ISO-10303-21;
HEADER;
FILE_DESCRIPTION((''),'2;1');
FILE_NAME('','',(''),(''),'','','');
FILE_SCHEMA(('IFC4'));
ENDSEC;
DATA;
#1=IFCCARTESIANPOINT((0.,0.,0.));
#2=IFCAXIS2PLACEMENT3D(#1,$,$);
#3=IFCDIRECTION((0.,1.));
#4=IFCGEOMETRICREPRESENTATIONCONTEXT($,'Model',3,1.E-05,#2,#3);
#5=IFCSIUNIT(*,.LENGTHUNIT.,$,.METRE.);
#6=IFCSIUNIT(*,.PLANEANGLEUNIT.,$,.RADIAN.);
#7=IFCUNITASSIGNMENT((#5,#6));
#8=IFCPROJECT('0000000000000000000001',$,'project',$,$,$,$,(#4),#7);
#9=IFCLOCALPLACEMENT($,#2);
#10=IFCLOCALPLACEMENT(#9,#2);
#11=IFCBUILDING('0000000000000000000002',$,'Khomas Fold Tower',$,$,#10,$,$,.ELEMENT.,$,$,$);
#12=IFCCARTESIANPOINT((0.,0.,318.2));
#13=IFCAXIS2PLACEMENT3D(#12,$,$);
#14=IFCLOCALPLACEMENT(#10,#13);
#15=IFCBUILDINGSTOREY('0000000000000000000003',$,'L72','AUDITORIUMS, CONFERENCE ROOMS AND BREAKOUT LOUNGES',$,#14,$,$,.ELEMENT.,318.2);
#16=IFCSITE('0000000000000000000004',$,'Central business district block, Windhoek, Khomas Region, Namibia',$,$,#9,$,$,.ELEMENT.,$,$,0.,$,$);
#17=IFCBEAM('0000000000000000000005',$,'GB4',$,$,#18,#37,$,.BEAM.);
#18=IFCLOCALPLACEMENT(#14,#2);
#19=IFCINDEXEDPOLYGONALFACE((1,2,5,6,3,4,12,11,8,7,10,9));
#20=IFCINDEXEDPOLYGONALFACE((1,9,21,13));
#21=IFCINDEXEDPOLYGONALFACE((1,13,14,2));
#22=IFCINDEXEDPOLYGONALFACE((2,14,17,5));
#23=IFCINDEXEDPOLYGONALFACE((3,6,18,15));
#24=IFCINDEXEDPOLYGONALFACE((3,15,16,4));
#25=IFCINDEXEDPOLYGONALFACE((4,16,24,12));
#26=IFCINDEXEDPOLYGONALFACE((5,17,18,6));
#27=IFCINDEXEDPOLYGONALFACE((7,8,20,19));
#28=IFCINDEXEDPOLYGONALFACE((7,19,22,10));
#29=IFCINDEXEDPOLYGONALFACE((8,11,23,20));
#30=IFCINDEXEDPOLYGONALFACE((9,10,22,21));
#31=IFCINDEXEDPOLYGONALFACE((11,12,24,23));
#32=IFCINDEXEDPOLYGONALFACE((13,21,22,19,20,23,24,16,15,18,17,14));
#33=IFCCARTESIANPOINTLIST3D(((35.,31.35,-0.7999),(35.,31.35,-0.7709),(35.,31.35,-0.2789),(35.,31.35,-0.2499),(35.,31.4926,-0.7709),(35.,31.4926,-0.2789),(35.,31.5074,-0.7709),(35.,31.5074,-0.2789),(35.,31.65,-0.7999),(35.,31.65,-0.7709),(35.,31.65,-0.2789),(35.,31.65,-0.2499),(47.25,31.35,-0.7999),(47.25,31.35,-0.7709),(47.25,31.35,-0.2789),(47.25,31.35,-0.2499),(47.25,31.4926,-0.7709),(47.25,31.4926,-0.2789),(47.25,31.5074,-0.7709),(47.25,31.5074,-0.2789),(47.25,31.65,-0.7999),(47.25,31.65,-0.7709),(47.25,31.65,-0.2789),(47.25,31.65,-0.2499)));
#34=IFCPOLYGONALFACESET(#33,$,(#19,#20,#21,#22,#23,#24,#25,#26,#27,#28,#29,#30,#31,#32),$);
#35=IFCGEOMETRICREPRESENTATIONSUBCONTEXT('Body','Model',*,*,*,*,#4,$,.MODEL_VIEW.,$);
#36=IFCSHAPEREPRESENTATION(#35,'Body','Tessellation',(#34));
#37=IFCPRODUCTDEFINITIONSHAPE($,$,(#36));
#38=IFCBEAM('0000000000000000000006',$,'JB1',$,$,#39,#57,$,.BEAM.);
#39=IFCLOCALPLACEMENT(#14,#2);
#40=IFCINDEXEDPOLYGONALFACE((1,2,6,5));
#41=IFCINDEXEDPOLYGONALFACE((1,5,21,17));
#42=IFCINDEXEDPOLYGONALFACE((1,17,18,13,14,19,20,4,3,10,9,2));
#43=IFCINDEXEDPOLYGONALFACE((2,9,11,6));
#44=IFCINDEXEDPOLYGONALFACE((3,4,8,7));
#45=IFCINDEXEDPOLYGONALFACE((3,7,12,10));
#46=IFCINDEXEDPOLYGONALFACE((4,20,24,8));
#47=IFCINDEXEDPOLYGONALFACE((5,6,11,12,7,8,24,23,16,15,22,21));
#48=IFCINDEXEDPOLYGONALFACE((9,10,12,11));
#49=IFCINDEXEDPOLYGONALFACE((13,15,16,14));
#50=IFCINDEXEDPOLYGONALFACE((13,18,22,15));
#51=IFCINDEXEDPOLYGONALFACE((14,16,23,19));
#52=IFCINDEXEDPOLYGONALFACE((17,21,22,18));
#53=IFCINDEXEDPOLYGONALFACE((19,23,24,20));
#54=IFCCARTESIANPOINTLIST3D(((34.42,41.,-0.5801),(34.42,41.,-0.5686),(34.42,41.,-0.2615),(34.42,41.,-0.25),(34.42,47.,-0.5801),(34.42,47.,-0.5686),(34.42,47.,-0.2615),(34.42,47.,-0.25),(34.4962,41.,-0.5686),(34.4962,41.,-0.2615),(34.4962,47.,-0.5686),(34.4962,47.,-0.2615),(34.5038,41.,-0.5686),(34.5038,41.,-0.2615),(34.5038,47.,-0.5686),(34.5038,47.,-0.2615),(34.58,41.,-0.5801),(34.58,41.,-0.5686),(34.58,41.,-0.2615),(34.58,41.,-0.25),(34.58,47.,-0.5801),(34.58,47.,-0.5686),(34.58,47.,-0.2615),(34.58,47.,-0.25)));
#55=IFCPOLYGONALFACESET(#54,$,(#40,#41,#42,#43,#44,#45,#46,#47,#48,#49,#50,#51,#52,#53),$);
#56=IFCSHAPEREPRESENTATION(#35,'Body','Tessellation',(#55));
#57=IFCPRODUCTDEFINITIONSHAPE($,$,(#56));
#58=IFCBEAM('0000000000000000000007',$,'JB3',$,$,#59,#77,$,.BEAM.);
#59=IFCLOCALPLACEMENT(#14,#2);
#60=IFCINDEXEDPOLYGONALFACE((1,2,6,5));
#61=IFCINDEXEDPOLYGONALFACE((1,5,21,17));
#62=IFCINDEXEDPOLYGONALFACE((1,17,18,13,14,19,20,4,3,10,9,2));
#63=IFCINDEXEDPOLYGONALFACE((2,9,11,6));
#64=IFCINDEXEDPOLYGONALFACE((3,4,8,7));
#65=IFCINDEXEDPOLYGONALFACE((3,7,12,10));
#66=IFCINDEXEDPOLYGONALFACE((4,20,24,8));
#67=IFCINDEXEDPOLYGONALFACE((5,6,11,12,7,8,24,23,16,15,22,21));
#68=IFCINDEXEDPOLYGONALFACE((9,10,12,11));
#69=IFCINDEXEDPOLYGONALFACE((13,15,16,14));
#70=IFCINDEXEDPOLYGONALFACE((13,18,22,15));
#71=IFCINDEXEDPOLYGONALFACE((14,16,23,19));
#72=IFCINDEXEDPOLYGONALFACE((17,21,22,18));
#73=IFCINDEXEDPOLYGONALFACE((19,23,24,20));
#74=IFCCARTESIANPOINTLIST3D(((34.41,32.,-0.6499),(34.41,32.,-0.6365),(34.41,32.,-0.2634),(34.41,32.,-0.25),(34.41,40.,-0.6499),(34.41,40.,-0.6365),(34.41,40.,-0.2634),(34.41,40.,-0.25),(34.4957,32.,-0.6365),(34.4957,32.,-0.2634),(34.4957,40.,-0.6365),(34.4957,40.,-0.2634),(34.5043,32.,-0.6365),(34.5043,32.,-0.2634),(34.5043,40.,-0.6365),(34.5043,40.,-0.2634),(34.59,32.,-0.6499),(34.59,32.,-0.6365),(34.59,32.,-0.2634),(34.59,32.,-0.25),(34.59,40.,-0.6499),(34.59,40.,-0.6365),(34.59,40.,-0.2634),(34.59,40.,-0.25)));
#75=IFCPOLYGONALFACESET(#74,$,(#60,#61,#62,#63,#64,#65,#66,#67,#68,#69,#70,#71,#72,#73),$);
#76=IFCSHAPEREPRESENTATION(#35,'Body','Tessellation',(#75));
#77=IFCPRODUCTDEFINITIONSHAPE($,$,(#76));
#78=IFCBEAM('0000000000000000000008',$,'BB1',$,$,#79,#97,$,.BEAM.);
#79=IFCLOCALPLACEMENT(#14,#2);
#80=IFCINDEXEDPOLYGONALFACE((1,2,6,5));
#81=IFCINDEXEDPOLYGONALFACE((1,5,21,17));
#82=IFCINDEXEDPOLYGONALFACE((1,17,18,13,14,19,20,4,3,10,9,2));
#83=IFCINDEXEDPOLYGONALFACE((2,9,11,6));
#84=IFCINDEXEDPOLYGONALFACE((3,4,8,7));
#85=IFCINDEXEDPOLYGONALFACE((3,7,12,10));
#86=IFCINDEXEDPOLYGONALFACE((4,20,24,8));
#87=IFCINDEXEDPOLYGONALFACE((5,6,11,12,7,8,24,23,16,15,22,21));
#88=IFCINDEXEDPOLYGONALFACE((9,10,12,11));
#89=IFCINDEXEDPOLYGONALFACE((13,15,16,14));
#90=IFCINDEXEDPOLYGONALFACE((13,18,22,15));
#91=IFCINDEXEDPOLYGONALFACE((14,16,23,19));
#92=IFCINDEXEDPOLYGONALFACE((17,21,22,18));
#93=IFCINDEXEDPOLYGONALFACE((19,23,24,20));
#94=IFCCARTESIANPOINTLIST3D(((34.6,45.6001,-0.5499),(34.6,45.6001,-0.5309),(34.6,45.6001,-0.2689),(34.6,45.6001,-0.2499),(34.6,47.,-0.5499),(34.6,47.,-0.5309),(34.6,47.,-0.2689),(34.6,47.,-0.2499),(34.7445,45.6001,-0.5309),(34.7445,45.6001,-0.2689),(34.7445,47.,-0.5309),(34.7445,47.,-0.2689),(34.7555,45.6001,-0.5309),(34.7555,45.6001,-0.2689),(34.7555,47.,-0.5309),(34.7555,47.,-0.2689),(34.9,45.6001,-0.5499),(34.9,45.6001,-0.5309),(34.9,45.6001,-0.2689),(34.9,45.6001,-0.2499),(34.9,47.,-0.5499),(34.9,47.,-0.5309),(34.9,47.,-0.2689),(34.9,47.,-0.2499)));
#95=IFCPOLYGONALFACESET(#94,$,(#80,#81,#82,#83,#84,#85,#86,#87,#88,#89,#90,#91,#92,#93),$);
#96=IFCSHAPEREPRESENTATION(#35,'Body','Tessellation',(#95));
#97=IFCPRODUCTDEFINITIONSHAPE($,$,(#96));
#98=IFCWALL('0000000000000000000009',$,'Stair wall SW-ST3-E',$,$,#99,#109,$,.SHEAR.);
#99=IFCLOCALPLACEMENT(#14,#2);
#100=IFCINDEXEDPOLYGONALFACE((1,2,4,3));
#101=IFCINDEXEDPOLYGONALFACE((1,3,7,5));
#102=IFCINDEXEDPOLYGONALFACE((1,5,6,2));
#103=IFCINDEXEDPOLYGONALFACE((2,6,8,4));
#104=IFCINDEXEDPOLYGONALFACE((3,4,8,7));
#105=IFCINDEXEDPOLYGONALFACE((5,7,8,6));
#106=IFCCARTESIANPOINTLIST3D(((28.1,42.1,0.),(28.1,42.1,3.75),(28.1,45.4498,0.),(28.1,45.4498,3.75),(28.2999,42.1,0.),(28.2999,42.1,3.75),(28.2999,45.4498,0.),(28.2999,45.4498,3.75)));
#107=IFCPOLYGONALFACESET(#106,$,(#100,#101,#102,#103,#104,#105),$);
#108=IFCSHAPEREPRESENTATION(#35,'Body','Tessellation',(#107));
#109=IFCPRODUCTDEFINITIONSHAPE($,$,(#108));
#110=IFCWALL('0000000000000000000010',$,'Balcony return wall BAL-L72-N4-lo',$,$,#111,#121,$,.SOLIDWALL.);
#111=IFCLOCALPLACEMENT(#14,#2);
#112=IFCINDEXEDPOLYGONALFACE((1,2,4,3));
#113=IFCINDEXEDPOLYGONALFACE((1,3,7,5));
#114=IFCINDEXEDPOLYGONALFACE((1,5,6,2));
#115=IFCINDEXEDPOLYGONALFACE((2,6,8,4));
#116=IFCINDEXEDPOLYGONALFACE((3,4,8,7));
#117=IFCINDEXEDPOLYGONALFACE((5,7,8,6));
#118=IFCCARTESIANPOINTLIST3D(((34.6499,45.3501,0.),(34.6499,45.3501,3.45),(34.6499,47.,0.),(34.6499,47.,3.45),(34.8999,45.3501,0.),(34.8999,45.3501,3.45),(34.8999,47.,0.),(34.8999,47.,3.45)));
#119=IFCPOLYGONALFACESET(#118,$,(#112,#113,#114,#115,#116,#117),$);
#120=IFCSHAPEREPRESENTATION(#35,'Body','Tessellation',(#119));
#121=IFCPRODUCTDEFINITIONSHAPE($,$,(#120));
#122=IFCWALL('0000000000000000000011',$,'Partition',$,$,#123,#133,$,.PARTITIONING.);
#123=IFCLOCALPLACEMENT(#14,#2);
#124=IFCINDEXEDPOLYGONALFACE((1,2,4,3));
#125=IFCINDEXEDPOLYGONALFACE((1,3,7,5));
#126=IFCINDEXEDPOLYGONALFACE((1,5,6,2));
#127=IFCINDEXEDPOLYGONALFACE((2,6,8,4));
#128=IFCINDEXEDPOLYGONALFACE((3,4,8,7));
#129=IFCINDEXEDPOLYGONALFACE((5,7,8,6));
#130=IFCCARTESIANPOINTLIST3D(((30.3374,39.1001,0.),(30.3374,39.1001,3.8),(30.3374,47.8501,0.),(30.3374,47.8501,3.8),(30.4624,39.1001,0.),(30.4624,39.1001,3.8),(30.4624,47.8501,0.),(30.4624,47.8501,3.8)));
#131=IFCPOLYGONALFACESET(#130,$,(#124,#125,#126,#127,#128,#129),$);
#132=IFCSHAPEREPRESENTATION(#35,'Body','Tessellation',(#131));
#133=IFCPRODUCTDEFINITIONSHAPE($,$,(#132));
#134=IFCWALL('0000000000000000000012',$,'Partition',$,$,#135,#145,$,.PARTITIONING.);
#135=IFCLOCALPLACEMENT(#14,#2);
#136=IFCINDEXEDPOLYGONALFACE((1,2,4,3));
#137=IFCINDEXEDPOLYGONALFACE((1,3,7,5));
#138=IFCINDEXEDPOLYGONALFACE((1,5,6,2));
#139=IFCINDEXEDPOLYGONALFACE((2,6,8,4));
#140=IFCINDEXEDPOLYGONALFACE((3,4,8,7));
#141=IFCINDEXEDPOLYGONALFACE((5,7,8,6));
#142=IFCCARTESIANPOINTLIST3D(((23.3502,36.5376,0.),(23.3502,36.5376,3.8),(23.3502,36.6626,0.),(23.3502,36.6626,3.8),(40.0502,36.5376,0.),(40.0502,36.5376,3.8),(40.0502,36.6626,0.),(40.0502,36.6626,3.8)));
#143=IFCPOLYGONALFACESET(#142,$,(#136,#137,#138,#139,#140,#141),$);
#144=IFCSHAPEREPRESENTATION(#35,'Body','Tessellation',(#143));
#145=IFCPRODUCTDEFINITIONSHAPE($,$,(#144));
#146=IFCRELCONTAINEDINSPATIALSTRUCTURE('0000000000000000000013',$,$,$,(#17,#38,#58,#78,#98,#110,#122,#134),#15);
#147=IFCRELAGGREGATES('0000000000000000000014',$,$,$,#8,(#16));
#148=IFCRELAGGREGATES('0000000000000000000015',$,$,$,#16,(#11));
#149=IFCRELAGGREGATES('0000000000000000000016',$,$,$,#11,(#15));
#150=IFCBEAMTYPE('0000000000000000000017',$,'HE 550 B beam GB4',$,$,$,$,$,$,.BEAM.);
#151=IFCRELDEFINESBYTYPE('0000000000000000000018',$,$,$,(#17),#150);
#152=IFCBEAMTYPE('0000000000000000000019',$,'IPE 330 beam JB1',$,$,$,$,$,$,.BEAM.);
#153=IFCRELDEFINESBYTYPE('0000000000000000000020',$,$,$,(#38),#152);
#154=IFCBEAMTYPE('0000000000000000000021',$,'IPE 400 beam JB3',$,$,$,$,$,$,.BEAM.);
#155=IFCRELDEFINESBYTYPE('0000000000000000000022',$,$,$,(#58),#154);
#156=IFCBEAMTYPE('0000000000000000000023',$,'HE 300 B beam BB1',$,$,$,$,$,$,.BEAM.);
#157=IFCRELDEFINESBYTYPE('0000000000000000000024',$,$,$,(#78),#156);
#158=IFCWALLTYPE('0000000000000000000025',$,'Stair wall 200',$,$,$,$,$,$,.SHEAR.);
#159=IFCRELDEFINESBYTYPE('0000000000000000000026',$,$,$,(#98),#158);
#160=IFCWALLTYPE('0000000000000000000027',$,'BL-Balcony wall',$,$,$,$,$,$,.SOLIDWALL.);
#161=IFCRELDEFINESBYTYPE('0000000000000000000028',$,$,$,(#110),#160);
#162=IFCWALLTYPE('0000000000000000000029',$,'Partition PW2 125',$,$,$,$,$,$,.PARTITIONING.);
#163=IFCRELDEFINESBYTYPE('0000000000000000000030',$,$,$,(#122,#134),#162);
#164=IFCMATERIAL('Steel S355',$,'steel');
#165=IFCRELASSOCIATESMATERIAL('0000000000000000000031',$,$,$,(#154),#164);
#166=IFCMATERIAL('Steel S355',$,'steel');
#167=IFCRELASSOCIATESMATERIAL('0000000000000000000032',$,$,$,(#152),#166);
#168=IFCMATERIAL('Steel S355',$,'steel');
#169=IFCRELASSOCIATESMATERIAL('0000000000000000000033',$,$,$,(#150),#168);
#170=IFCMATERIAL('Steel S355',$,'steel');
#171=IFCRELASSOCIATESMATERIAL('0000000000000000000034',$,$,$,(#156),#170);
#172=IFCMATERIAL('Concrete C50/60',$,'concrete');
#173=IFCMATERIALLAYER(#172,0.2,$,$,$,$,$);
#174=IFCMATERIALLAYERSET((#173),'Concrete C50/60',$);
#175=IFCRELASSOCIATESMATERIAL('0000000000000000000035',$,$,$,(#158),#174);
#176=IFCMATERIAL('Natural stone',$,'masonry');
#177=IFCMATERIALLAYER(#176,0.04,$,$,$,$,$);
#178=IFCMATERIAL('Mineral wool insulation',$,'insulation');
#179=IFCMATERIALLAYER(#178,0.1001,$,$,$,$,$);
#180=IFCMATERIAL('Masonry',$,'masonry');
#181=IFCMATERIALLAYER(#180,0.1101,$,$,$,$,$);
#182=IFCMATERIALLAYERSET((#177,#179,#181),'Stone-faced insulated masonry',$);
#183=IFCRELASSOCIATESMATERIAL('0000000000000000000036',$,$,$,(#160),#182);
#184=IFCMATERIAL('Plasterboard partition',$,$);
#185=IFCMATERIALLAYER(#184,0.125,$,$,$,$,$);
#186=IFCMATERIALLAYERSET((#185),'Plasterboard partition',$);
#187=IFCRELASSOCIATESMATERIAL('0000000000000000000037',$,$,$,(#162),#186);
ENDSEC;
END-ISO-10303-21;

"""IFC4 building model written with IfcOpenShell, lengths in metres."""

from ifc_helpers import new_model, si_unit, direction, frame, frame_2d, origin, origin_2d, place, context, subcontext, project, spatial, rectangle, i_section, extrude, source, transform, mapped, material, layer, layer_set, material_profile, profile_set, type_object, element, save


model = new_model("IFC4")

# Units and contexts
model_context = context("Model", 3, precision=1e-05, world=origin(), true_north=direction((0.0, 1.0)))
body_context = subcontext(model_context, "Body", "Model", "MODEL_VIEW")
ifc_project = project(units=[si_unit("LENGTHUNIT", "METRE"), si_unit("PLANEANGLEUNIT", "RADIAN")], contexts=[model_context])

# Site, building, storey
site_placement = place(None, origin())
site = spatial("IfcSite", under=ifc_project, at=site_placement, Name="Central business district block, Windhoek, Khomas Region, Namibia", CompositionType="ELEMENT", RefElevation=0.0)
building_placement = place(site_placement, origin())
building = spatial("IfcBuilding", under=site, at=building_placement, Name="Khomas Fold Tower", CompositionType="ELEMENT")
storey_placement = place(building_placement, frame((0.0, 0.0, 318.2)))
storey = spatial("IfcBuildingStorey", under=building, at=storey_placement, Name="L72", Description="AUDITORIUMS, CONFERENCE ROOMS AND BREAKOUT LOUNGES", CompositionType="ELEMENT", Elevation=318.2)

# Beams
ifc_material_1 = material(Name="Steel S355", Category="steel")
ifc_material_profile_1 = material_profile(ifc_material_1, i_section(OverallWidth=0.1799, OverallDepth=0.3999, WebThickness=0.0085, FlangeThickness=0.0134, at=origin_2d()), Name="IPE 400")
ifc_profile_set_1 = profile_set([ifc_material_profile_1], Name="Steel S355")
beam_type_1 = type_object("IfcBeamType", Name="IPE 400 beam JB3", PredefinedType="BEAM", material=ifc_profile_set_1)
ifc_material_2 = material(Name="Steel S355", Category="steel")
ifc_material_profile_2 = material_profile(ifc_material_2, i_section(OverallWidth=0.1599, OverallDepth=0.3301, WebThickness=0.0076, FlangeThickness=0.0115, at=origin_2d()), Name="IPE 330")
ifc_profile_set_2 = profile_set([ifc_material_profile_2], Name="Steel S355")
beam_type_2 = type_object("IfcBeamType", Name="IPE 330 beam JB1", PredefinedType="BEAM", material=ifc_profile_set_2)
ifc_material_3 = material(Name="Steel S355", Category="steel")
ifc_material_profile_3 = material_profile(ifc_material_3, i_section(OverallWidth=0.3, OverallDepth=0.55, WebThickness=0.0149, FlangeThickness=0.0291, at=origin_2d()), Name="HE 550 B")
ifc_profile_set_3 = profile_set([ifc_material_profile_3], Name="Steel S355")
beam_type_3 = type_object("IfcBeamType", Name="HE 550 B beam GB4", PredefinedType="BEAM", material=ifc_profile_set_3)
shared_shape_1 = source(origin(), body_context, "Body", "SweptSolid", [
    extrude(i_section(OverallWidth=0.3, OverallDepth=0.55, WebThickness=0.0149, FlangeThickness=0.0291, at=origin_2d()), origin(), (0.0, 0.0, 1.0), 12.25),
])
beam_1_placement = place(storey_placement, frame((35.0, 31.5, -0.5249), z_axis=(1.0, 0.0, 0.0), x_axis=(0.0, 1.0, 0.0)))
element("IfcBeam", 1, at=beam_1_placement, inside=storey, type_object=beam_type_3, Name="GB4", PredefinedType="BEAM", context=body_context, shape_type="MappedRepresentation", body=[
    mapped(shared_shape_1, transform((0.0, 0.0, 0.0))),
])
shared_shape_2 = source(origin(), body_context, "Body", "SweptSolid", [
    extrude(i_section(OverallWidth=0.1599, OverallDepth=0.3301, WebThickness=0.0076, FlangeThickness=0.0115, at=origin_2d()), origin(), (0.0, 0.0, 1.0), 6.0),
])
beam_2_placement = place(storey_placement, frame((34.5, 41.0, -0.415), z_axis=(0.0, 1.0, 0.0), x_axis=(-1.0, 0.0, 0.0)))
element("IfcBeam", 2, at=beam_2_placement, inside=storey, type_object=beam_type_2, Name="JB1", PredefinedType="BEAM", context=body_context, shape_type="MappedRepresentation", body=[
    mapped(shared_shape_2, transform((0.0, 0.0, 0.0))),
])
shared_shape_3 = source(origin(), body_context, "Body", "SweptSolid", [
    extrude(i_section(OverallWidth=0.1799, OverallDepth=0.3999, WebThickness=0.0085, FlangeThickness=0.0134, at=origin_2d()), origin(), (0.0, 0.0, 1.0), 8.0),
])
beam_3_placement = place(storey_placement, frame((34.5, 32.0, -0.45), z_axis=(0.0, 1.0, 0.0), x_axis=(-1.0, 0.0, 0.0)))
element("IfcBeam", 3, at=beam_3_placement, inside=storey, type_object=beam_type_1, Name="JB3", PredefinedType="BEAM", context=body_context, shape_type="MappedRepresentation", body=[
    mapped(shared_shape_3, transform((0.0, 0.0, 0.0))),
])
ifc_material_4 = material(Name="Steel S355", Category="steel")
ifc_material_profile_4 = material_profile(ifc_material_4, i_section(OverallWidth=0.3, OverallDepth=0.3, WebThickness=0.011, FlangeThickness=0.019, at=origin_2d()), Name="HE 300 B")
ifc_profile_set_4 = profile_set([ifc_material_profile_4], Name="Steel S355")
beam_type_4 = type_object("IfcBeamType", Name="HE 300 B beam BB1", PredefinedType="BEAM", material=ifc_profile_set_4)
shared_shape_4 = source(origin(), body_context, "Body", "SweptSolid", [
    extrude(i_section(OverallWidth=0.3, OverallDepth=0.3, WebThickness=0.011, FlangeThickness=0.019, at=origin_2d()), origin(), (0.0, 0.0, 1.0), 1.3999),
])
beam_4_placement = place(storey_placement, frame((34.75, 45.6001, -0.3999), z_axis=(0.0, 1.0, 0.0), x_axis=(-1.0, 0.0, 0.0)))
element("IfcBeam", 4, at=beam_4_placement, inside=storey, type_object=beam_type_4, Name="BB1", PredefinedType="BEAM", context=body_context, shape_type="MappedRepresentation", body=[
    mapped(shared_shape_4, transform((0.0, 0.0, 0.0))),
])

# Wall
ifc_material_5 = material(Name="Concrete C50/60", Category="concrete")
ifc_layer_1 = layer(ifc_material_5, 0.2)
ifc_layer_set_1 = layer_set([ifc_layer_1], Name="Concrete C50/60")
wall_type_1 = type_object("IfcWallType", Name="Stair wall 200", PredefinedType="SHEAR", material=ifc_layer_set_1)
shared_shape_5 = source(origin(), body_context, "Body", "SweptSolid", [
    extrude(rectangle(XDim=3.3499, YDim=0.2, at=frame_2d((1.6748, 0.0))), origin(), (0.0, 0.0, 1.0), 3.75),
])
wall_1_placement = place(storey_placement, frame((28.2, 42.1001, 0.0), z_axis=(0.0, 0.0, 1.0), x_axis=(0.0, 1.0, 0.0)))
element("IfcWall", 5, at=wall_1_placement, inside=storey, type_object=wall_type_1, Name="Stair wall SW-ST3-E", PredefinedType="SHEAR", context=body_context, shape_type="MappedRepresentation", body=[
    mapped(shared_shape_5, transform((0.0, 0.0, 0.0))),
])

# Shared definitions
ifc_material_6 = material(Name="Natural stone", Category="masonry")
ifc_layer_2 = layer(ifc_material_6, 0.04)
ifc_material_7 = material(Name="Mineral wool insulation", Category="insulation")
ifc_layer_3 = layer(ifc_material_7, 0.1001)
ifc_material_8 = material(Name="Masonry", Category="masonry")
ifc_layer_4 = layer(ifc_material_8, 0.1101)
ifc_layer_set_2 = layer_set([ifc_layer_2, ifc_layer_3, ifc_layer_4], Name="Stone-faced insulated masonry")
wall_type_2 = type_object("IfcWallType", Name="BL-Balcony wall", PredefinedType="SOLIDWALL", material=ifc_layer_set_2)

# Walls
shared_shape_6 = source(origin(), body_context, "Body", "SweptSolid", [
    extrude(rectangle(XDim=1.6499, YDim=0.25, at=frame_2d((0.825, 0.0))), origin(), (0.0, 0.0, 1.0), 3.45),
])
wall_2_placement = place(storey_placement, frame((34.7749, 47.0, 0.0), z_axis=(0.0, 0.0, 1.0), x_axis=(0.0, -1.0, 0.0)))
element("IfcWall", 6, at=wall_2_placement, inside=storey, type_object=wall_type_2, Name="Balcony return wall BAL-L72-N4-lo", PredefinedType="SOLIDWALL", context=body_context, shape_type="MappedRepresentation", body=[
    mapped(shared_shape_6, transform((0.0, 0.0, 0.0))),
])
ifc_material_9 = material(Name="Plasterboard partition")
ifc_layer_5 = layer(ifc_material_9, 0.125)
ifc_layer_set_3 = layer_set([ifc_layer_5], Name="Plasterboard partition")
wall_type_3 = type_object("IfcWallType", Name="Partition PW2 125", PredefinedType="PARTITIONING", material=ifc_layer_set_3)
shared_shape_7 = source(origin(), body_context, "Body", "SweptSolid", [
    extrude(rectangle(XDim=8.75, YDim=0.125, at=frame_2d((4.375, 0.0))), origin(), (0.0, 0.0, 1.0), 3.8),
])
wall_3_placement = place(storey_placement, frame((30.3999, 39.1001, 0.0), z_axis=(0.0, 0.0, 1.0), x_axis=(0.0, 1.0, 0.0)))
element("IfcWall", 7, at=wall_3_placement, inside=storey, type_object=wall_type_3, Name="Partition", PredefinedType="PARTITIONING", context=body_context, shape_type="MappedRepresentation", body=[
    mapped(shared_shape_7, transform((0.0, 0.0, 0.0))),
])
shared_shape_8 = source(origin(), body_context, "Body", "SweptSolid", [
    extrude(rectangle(XDim=16.7, YDim=0.125, at=frame_2d((8.3501, 0.0))), origin(), (0.0, 0.0, 1.0), 3.8),
])
wall_4_placement = place(storey_placement, frame((23.3501, 36.6001, 0.0), z_axis=(0.0, 0.0, 1.0), x_axis=(1.0, 0.0, 0.0)))
element("IfcWall", 8, at=wall_4_placement, inside=storey, type_object=wall_type_3, Name="Partition", PredefinedType="PARTITIONING", context=body_context, shape_type="MappedRepresentation", body=[
    mapped(shared_shape_8, transform((0.0, 0.0, 0.0))),
])

save(model, "model.ifc")
